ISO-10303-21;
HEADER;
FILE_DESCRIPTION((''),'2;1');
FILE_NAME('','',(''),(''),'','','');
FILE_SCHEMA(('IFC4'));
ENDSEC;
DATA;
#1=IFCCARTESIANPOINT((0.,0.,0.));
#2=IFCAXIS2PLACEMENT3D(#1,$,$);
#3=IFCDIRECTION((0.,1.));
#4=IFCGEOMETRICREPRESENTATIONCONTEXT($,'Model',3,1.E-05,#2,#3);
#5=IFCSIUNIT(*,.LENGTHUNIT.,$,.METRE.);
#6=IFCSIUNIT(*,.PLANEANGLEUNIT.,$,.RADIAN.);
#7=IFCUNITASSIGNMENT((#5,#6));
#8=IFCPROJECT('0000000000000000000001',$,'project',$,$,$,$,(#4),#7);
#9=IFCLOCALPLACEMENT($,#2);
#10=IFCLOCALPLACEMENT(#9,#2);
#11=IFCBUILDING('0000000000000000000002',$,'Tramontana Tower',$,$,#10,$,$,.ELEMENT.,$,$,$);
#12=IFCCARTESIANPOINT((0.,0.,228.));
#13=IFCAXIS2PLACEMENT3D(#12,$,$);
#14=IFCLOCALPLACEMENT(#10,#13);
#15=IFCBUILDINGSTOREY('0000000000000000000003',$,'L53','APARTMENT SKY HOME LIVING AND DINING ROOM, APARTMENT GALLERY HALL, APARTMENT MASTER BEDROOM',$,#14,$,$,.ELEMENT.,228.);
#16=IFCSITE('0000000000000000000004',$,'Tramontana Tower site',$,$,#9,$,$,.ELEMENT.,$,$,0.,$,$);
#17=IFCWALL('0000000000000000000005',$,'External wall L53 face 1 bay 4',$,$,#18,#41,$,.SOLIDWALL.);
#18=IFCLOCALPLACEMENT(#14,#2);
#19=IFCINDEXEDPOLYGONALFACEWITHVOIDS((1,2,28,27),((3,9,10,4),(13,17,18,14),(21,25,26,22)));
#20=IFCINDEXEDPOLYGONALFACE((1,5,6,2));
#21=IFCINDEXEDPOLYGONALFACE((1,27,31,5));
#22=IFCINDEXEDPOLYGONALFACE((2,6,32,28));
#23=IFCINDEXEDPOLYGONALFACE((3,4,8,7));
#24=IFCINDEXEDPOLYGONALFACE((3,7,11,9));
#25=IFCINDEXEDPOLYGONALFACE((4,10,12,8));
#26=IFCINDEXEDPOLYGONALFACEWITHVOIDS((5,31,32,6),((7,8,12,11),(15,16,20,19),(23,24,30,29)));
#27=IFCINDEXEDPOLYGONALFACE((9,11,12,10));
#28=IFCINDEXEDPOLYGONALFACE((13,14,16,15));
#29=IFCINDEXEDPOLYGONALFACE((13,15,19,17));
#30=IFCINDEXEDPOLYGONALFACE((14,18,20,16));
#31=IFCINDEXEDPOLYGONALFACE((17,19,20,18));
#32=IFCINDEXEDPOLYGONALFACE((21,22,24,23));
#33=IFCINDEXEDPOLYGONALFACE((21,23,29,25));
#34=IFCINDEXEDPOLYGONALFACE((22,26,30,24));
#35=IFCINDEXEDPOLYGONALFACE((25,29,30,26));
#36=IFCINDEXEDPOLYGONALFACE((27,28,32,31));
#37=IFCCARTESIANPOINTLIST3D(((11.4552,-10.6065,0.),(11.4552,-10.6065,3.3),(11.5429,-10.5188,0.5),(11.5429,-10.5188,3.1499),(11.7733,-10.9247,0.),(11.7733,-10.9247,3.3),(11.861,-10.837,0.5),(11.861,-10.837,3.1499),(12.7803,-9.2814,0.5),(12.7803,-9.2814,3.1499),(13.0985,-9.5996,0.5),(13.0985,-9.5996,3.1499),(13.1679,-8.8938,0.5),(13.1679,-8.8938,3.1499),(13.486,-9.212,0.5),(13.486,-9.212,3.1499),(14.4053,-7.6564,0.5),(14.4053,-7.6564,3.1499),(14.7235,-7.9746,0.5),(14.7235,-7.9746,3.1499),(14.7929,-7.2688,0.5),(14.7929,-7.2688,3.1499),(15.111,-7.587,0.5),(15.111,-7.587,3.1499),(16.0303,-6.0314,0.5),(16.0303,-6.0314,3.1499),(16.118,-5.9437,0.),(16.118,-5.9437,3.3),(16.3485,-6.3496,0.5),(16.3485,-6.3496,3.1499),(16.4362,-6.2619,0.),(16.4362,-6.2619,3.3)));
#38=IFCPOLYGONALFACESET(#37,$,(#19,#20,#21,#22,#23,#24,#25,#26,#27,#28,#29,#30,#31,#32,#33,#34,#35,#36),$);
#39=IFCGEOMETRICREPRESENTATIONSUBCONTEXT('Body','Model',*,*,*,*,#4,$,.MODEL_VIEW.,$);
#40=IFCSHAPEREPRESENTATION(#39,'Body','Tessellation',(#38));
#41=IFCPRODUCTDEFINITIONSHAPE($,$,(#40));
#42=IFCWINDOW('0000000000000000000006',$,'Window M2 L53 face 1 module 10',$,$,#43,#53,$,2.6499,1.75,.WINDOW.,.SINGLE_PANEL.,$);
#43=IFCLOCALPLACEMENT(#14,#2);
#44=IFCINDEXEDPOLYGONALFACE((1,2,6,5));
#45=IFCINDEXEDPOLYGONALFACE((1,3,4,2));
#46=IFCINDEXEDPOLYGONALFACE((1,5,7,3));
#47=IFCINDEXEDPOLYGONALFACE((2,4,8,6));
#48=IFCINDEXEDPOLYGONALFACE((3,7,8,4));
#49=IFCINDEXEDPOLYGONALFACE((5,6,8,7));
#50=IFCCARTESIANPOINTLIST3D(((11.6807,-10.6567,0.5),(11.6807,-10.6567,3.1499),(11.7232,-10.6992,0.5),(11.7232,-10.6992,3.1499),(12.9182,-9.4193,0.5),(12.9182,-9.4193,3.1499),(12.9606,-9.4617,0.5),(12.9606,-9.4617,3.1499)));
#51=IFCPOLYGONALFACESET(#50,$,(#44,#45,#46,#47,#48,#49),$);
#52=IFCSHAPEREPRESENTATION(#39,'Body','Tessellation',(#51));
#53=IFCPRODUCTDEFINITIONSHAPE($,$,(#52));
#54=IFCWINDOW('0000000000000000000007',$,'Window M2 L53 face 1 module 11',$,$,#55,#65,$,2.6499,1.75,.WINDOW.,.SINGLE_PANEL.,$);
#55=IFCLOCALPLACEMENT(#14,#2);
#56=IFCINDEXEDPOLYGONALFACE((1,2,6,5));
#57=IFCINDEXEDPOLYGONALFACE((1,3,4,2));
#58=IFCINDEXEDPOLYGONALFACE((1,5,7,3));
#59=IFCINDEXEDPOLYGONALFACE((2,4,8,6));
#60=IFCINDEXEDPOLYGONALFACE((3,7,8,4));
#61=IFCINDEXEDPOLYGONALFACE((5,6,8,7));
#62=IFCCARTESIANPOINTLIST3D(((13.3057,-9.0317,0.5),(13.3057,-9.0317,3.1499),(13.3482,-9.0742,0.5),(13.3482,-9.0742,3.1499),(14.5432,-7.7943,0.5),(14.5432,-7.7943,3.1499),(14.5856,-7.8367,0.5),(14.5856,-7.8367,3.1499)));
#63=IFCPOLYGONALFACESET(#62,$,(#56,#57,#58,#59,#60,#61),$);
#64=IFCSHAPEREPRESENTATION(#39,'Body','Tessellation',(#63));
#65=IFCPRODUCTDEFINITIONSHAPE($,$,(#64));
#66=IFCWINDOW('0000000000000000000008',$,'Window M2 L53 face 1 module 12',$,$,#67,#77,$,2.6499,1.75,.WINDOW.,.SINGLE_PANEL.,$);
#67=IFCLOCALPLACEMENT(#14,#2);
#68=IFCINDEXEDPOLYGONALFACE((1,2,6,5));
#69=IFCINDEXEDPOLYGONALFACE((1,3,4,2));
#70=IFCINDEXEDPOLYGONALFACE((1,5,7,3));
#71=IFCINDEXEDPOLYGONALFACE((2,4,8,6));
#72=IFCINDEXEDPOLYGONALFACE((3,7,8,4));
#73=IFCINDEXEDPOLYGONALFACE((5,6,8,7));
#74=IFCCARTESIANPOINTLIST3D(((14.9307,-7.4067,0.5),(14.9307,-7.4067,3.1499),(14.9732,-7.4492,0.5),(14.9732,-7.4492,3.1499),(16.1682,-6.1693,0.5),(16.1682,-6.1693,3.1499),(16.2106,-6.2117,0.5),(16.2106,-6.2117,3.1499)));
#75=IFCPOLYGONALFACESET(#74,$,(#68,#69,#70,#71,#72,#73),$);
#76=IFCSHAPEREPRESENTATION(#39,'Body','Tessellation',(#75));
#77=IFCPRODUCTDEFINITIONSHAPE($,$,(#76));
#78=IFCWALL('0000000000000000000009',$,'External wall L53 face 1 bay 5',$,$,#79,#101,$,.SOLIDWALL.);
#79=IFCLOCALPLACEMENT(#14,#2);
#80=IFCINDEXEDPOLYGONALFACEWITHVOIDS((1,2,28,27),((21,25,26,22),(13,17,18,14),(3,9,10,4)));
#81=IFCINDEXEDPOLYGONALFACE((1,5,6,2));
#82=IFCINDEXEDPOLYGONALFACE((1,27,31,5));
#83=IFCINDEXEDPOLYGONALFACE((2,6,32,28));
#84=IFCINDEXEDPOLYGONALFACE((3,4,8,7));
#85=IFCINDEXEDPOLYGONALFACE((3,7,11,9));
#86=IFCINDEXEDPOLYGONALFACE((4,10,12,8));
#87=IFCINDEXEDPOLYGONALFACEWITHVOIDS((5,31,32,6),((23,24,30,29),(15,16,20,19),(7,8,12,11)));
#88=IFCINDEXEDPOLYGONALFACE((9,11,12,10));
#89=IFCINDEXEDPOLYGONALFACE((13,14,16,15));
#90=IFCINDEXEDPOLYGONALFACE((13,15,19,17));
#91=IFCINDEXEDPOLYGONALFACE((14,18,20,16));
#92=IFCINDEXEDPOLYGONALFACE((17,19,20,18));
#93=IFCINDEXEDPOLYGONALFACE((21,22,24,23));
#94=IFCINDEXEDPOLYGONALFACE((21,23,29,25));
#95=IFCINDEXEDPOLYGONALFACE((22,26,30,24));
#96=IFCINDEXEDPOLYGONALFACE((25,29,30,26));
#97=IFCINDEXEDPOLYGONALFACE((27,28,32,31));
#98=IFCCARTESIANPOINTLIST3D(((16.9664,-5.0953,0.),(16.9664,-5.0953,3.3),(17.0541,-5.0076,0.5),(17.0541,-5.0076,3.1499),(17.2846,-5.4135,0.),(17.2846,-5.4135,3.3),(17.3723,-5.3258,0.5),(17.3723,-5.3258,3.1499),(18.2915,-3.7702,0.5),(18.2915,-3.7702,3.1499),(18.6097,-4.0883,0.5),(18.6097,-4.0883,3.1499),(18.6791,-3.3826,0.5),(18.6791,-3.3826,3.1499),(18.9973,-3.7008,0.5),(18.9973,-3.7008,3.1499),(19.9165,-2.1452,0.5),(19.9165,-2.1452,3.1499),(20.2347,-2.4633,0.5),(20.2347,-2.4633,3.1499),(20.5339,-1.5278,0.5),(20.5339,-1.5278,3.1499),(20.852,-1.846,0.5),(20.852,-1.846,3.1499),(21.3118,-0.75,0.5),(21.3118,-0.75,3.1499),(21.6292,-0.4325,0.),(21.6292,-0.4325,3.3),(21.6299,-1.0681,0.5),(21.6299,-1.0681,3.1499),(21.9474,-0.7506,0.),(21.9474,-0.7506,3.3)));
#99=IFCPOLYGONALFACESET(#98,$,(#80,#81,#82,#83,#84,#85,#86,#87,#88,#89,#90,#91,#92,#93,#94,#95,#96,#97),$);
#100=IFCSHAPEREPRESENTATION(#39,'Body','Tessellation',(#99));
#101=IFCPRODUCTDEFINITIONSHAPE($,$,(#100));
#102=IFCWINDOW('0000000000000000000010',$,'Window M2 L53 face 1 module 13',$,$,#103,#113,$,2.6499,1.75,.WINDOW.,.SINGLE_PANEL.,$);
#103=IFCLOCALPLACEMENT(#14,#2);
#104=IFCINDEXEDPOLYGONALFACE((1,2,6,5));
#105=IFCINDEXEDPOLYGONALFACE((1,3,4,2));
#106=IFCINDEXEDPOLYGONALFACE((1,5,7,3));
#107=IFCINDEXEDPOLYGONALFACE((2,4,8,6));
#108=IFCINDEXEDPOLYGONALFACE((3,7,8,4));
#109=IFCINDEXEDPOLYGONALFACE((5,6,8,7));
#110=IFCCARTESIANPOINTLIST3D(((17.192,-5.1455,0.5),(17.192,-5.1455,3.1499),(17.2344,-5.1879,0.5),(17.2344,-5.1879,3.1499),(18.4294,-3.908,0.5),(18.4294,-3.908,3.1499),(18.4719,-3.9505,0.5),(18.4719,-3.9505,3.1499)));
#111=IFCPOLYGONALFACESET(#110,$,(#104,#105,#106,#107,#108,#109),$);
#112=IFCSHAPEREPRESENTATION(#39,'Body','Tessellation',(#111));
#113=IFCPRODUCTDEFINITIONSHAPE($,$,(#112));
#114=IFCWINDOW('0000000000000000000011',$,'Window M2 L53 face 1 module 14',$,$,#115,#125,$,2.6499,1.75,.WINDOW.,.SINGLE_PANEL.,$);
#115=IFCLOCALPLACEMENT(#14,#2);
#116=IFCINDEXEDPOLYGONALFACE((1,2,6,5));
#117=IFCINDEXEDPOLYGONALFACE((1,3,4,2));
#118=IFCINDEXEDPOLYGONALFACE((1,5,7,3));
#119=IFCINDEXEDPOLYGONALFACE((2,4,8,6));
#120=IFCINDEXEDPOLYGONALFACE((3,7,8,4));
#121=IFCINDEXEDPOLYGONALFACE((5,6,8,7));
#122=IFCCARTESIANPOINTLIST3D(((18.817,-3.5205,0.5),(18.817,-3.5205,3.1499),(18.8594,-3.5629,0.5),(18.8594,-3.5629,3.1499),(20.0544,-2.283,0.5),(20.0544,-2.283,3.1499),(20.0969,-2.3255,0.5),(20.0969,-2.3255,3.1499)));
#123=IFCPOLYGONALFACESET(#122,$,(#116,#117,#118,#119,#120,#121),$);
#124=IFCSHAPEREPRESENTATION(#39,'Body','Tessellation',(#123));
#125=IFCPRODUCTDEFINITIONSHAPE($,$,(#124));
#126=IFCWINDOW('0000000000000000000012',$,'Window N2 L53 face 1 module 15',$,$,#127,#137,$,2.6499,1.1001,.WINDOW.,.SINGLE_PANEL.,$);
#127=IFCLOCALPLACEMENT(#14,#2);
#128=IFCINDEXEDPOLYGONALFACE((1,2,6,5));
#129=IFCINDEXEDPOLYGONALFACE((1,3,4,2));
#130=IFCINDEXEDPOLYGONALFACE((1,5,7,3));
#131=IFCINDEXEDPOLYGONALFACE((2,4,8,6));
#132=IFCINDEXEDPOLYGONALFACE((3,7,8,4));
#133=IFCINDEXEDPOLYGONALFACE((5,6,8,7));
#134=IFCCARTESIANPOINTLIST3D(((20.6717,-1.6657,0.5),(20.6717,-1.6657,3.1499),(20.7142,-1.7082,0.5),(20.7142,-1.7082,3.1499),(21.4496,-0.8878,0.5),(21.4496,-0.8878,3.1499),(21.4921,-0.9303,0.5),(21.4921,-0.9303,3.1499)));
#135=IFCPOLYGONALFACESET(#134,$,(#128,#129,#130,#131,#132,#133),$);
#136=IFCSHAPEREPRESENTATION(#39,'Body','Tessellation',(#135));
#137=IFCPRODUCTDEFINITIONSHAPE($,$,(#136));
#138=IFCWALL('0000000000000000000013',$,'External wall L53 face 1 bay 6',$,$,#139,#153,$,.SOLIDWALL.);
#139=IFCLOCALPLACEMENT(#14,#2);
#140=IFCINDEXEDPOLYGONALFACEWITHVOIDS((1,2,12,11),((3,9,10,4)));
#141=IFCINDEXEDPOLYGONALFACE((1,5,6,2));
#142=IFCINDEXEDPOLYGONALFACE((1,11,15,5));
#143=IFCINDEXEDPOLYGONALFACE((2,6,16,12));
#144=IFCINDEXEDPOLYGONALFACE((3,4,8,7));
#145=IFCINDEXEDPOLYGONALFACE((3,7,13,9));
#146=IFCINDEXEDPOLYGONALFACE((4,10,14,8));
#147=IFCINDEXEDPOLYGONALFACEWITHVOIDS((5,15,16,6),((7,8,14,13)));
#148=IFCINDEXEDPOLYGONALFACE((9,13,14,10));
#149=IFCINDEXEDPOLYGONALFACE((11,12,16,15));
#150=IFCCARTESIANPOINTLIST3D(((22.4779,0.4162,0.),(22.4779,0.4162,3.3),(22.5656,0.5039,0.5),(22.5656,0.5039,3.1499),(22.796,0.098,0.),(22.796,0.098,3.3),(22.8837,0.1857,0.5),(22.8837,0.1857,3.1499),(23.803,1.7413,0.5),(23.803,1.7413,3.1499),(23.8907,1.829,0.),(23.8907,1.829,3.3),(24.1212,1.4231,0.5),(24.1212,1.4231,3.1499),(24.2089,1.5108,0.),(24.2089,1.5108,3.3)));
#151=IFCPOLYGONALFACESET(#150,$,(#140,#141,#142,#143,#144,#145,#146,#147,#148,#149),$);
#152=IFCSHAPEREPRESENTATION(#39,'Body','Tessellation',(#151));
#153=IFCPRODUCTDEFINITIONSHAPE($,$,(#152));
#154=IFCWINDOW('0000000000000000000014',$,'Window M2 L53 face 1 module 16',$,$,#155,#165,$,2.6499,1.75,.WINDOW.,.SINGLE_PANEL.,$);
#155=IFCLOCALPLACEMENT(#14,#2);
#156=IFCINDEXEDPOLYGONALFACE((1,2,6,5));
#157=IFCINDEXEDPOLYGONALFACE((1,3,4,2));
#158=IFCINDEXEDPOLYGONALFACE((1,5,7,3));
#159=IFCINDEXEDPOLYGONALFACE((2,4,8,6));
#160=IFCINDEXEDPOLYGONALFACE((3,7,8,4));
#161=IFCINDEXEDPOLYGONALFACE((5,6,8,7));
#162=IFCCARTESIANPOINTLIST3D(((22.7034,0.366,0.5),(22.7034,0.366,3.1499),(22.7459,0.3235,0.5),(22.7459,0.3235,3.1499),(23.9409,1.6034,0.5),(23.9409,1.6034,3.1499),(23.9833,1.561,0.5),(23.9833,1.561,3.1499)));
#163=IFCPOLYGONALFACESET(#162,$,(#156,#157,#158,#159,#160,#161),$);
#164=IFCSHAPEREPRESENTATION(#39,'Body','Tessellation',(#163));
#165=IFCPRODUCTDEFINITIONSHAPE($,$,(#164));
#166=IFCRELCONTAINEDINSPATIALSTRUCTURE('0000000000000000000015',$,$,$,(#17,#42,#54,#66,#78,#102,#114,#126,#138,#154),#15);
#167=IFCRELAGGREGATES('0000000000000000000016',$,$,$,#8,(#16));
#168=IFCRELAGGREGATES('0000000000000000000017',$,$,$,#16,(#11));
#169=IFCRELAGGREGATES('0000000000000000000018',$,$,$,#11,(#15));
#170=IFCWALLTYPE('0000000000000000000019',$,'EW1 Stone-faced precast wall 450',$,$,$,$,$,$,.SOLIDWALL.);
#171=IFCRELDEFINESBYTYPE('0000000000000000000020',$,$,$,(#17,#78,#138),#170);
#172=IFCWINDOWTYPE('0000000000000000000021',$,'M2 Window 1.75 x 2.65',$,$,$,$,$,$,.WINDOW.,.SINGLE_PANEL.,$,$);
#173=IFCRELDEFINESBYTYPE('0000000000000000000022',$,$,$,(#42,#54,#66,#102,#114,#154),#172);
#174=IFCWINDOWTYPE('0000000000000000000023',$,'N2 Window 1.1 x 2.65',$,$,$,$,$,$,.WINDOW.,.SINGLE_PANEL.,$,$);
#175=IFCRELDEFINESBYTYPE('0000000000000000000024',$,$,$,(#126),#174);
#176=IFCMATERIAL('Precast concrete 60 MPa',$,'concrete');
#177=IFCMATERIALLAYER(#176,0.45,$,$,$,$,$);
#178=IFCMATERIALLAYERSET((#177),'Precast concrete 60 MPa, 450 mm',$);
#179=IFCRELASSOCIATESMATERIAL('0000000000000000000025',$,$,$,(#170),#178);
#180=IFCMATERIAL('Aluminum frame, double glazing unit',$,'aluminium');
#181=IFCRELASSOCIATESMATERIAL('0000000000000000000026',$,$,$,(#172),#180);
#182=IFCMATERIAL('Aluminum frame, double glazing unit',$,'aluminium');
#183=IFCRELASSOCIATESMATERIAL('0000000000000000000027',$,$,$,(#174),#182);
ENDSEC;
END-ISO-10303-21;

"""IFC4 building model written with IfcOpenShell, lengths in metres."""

from ifc_helpers import new_model, si_unit, direction, frame, frame_2d, origin, place, context, subcontext, project, spatial, rectangle, extrude, material, layer, layer_set, type_object, element, fill, save


model = new_model("IFC4")

# Units and contexts
model_context = context("Model", 3, precision=1e-05, world=origin(), true_north=direction((0.0, 1.0)))
body_context = subcontext(model_context, "Body", "Model", "MODEL_VIEW")
ifc_project = project(units=[si_unit("LENGTHUNIT", "METRE"), si_unit("PLANEANGLEUNIT", "RADIAN")], contexts=[model_context])

# Site, building, storey
site_placement = place(None, origin())
site = spatial("IfcSite", under=ifc_project, at=site_placement, Name="Tramontana Tower site", CompositionType="ELEMENT", RefElevation=0.0)
building_placement = place(site_placement, origin())
building = spatial("IfcBuilding", under=site, at=building_placement, Name="Tramontana Tower", CompositionType="ELEMENT")
storey_placement = place(building_placement, frame((0.0, 0.0, 228.0)))
storey = spatial("IfcBuildingStorey", under=building, at=storey_placement, Name="L53", Description="APARTMENT SKY HOME LIVING AND DINING ROOM, APARTMENT GALLERY HALL, APARTMENT MASTER BEDROOM", CompositionType="ELEMENT", Elevation=228.0)

# Walls, openings, windows
ifc_material_1 = material(Name="Precast concrete 60 MPa", Category="concrete")
ifc_layer_1 = layer(ifc_material_1, 0.45)
ifc_layer_set_1 = layer_set([ifc_layer_1], Name="Precast concrete 60 MPa, 450 mm")
wall_type_1 = type_object("IfcWallType", Name="EW1 Stone-faced precast wall 450", PredefinedType="SOLIDWALL", material=ifc_layer_set_1)
wall_1_placement = place(storey_placement, frame((11.6143, -10.7656, 0.0), z_axis=(0.0, 0.0, 1.0), x_axis=(0.707107, 0.707107, 0.0)))
wall_1 = element("IfcWall", 1, at=wall_1_placement, inside=storey, type_object=wall_type_1, Name="External wall L53 face 1 bay 4", PredefinedType="SOLIDWALL", context=body_context, shape_type="SweptSolid", body=[
    extrude(rectangle(XDim=6.5942, YDim=0.45, at=frame_2d((3.2971, 0.0))), origin(), (0.0, 0.0, 1.0), 3.3),
])
opening_1_placement = place(wall_1_placement, frame((0.124, 0.0, 0.5)))
opening_1 = element("IfcOpeningElement", 2, at=opening_1_placement, cuts=wall_1, PredefinedType="OPENING", context=body_context, shape_type="SweptSolid", body=[
    extrude(rectangle(XDim=1.75, YDim=2.6499, at=frame_2d((0.875, 1.325))), frame((0.0, 0.2349, 0.0), z_axis=(0.0, -1.0, 0.0), x_axis=(1.0, 0.0, 0.0)), (0.0, 0.0, 1.0), 0.47),
])
opening_2_placement = place(wall_1_placement, frame((2.4221, 0.0, 0.5)))
opening_2 = element("IfcOpeningElement", 3, at=opening_2_placement, cuts=wall_1, PredefinedType="OPENING", context=body_context, shape_type="SweptSolid", body=[
    extrude(rectangle(XDim=1.75, YDim=2.6499, at=frame_2d((0.875, 1.325))), frame((0.0, 0.2349, 0.0), z_axis=(0.0, -1.0, 0.0), x_axis=(1.0, 0.0, 0.0)), (0.0, 0.0, 1.0), 0.47),
])
opening_3_placement = place(wall_1_placement, frame((4.7202, 0.0, 0.5)))
opening_3 = element("IfcOpeningElement", 4, at=opening_3_placement, cuts=wall_1, PredefinedType="OPENING", context=body_context, shape_type="SweptSolid", body=[
    extrude(rectangle(XDim=1.75, YDim=2.6499, at=frame_2d((0.875, 1.325))), frame((0.0, 0.2349, 0.0), z_axis=(0.0, -1.0, 0.0), x_axis=(1.0, 0.0, 0.0)), (0.0, 0.0, 1.0), 0.47),
])
ifc_material_2 = material(Name="Aluminum frame, double glazing unit", Category="aluminium")
window_type_1 = type_object("IfcWindowType", Name="M2 Window 1.75 x 2.65", PartitioningType="SINGLE_PANEL", PredefinedType="WINDOW", material=ifc_material_2)
window_1_placement = place(opening_1_placement, origin())
window_1 = element("IfcWindow", 5, at=window_1_placement, inside=storey, type_object=window_type_1, Name="Window M2 L53 face 1 module 10", OverallHeight=2.6499, OverallWidth=1.75, PartitioningType="SINGLE_PANEL", PredefinedType="WINDOW", context=body_context, shape_type="SweptSolid", body=[
    extrude(rectangle(XDim=1.75, YDim=2.6499, at=frame_2d((0.875, 1.325))), frame((0.0, 0.03, 0.0), z_axis=(0.0, -1.0, 0.0), x_axis=(1.0, 0.0, 0.0)), (0.0, 0.0, 1.0), 0.0601),
])
fill(opening_1, window_1)
window_2_placement = place(opening_2_placement, origin())
window_2 = element("IfcWindow", 6, at=window_2_placement, inside=storey, type_object=window_type_1, Name="Window M2 L53 face 1 module 11", OverallHeight=2.6499, OverallWidth=1.75, PartitioningType="SINGLE_PANEL", PredefinedType="WINDOW", context=body_context, shape_type="SweptSolid", body=[
    extrude(rectangle(XDim=1.75, YDim=2.6499, at=frame_2d((0.875, 1.325))), frame((0.0, 0.03, 0.0), z_axis=(0.0, -1.0, 0.0), x_axis=(1.0, 0.0, 0.0)), (0.0, 0.0, 1.0), 0.0601),
])
fill(opening_2, window_2)
window_3_placement = place(opening_3_placement, origin())
window_3 = element("IfcWindow", 7, at=window_3_placement, inside=storey, type_object=window_type_1, Name="Window M2 L53 face 1 module 12", OverallHeight=2.6499, OverallWidth=1.75, PartitioningType="SINGLE_PANEL", PredefinedType="WINDOW", context=body_context, shape_type="SweptSolid", body=[
    extrude(rectangle(XDim=1.75, YDim=2.6499, at=frame_2d((0.875, 1.325))), frame((0.0, 0.03, 0.0), z_axis=(0.0, -1.0, 0.0), x_axis=(1.0, 0.0, 0.0)), (0.0, 0.0, 1.0), 0.0601),
])
fill(opening_3, window_3)
wall_2_placement = place(storey_placement, frame((17.1255, -5.2544, 0.0), z_axis=(0.0, 0.0, 1.0), x_axis=(0.707107, 0.707107, 0.0)))
wall_2 = element("IfcWall", 8, at=wall_2_placement, inside=storey, type_object=wall_type_1, Name="External wall L53 face 1 bay 5", PredefinedType="SOLIDWALL", context=body_context, shape_type="SweptSolid", body=[
    extrude(rectangle(XDim=6.5942, YDim=0.45, at=frame_2d((3.2971, 0.0))), origin(), (0.0, 0.0, 1.0), 3.3),
])
opening_4_placement = place(wall_2_placement, frame((0.124, 0.0, 0.5)))
opening_4 = element("IfcOpeningElement", 9, at=opening_4_placement, cuts=wall_2, PredefinedType="OPENING", context=body_context, shape_type="SweptSolid", body=[
    extrude(rectangle(XDim=1.75, YDim=2.6499, at=frame_2d((0.875, 1.325))), frame((0.0, 0.2349, 0.0), z_axis=(0.0, -1.0, 0.0), x_axis=(1.0, 0.0, 0.0)), (0.0, 0.0, 1.0), 0.47),
])
opening_5_placement = place(wall_2_placement, frame((2.4221, 0.0, 0.5)))
opening_5 = element("IfcOpeningElement", 10, at=opening_5_placement, cuts=wall_2, PredefinedType="OPENING", context=body_context, shape_type="SweptSolid", body=[
    extrude(rectangle(XDim=1.75, YDim=2.6499, at=frame_2d((0.875, 1.325))), frame((0.0, 0.2349, 0.0), z_axis=(0.0, -1.0, 0.0), x_axis=(1.0, 0.0, 0.0)), (0.0, 0.0, 1.0), 0.47),
])
opening_6_placement = place(wall_2_placement, frame((5.0452, 0.0, 0.5)))
opening_6 = element("IfcOpeningElement", 11, at=opening_6_placement, cuts=wall_2, PredefinedType="OPENING", context=body_context, shape_type="SweptSolid", body=[
    extrude(rectangle(XDim=1.1001, YDim=2.6499, at=frame_2d((0.55, 1.325))), frame((0.0, 0.2349, 0.0), z_axis=(0.0, -1.0, 0.0), x_axis=(1.0, 0.0, 0.0)), (0.0, 0.0, 1.0), 0.47),
])
window_4_placement = place(opening_4_placement, origin())
window_4 = element("IfcWindow", 12, at=window_4_placement, inside=storey, type_object=window_type_1, Name="Window M2 L53 face 1 module 13", OverallHeight=2.6499, OverallWidth=1.75, PartitioningType="SINGLE_PANEL", PredefinedType="WINDOW", context=body_context, shape_type="SweptSolid", body=[
    extrude(rectangle(XDim=1.75, YDim=2.6499, at=frame_2d((0.875, 1.325))), frame((0.0, 0.03, 0.0), z_axis=(0.0, -1.0, 0.0), x_axis=(1.0, 0.0, 0.0)), (0.0, 0.0, 1.0), 0.0601),
])
fill(opening_4, window_4)
window_5_placement = place(opening_5_placement, origin())
window_5 = element("IfcWindow", 13, at=window_5_placement, inside=storey, type_object=window_type_1, Name="Window M2 L53 face 1 module 14", OverallHeight=2.6499, OverallWidth=1.75, PartitioningType="SINGLE_PANEL", PredefinedType="WINDOW", context=body_context, shape_type="SweptSolid", body=[
    extrude(rectangle(XDim=1.75, YDim=2.6499, at=frame_2d((0.875, 1.325))), frame((0.0, 0.03, 0.0), z_axis=(0.0, -1.0, 0.0), x_axis=(1.0, 0.0, 0.0)), (0.0, 0.0, 1.0), 0.0601),
])
fill(opening_5, window_5)
ifc_material_3 = material(Name="Aluminum frame, double glazing unit", Category="aluminium")
window_type_2 = type_object("IfcWindowType", Name="N2 Window 1.1 x 2.65", PartitioningType="SINGLE_PANEL", PredefinedType="WINDOW", material=ifc_material_3)
window_6_placement = place(opening_6_placement, origin())
window_6 = element("IfcWindow", 14, at=window_6_placement, inside=storey, type_object=window_type_2, Name="Window N2 L53 face 1 module 15", OverallHeight=2.6499, OverallWidth=1.1001, PartitioningType="SINGLE_PANEL", PredefinedType="WINDOW", context=body_context, shape_type="SweptSolid", body=[
    extrude(rectangle(XDim=1.1001, YDim=2.6499, at=frame_2d((0.55, 1.325))), frame((0.0, 0.03, 0.0), z_axis=(0.0, -1.0, 0.0), x_axis=(1.0, 0.0, 0.0)), (0.0, 0.0, 1.0), 0.0601),
])
fill(opening_6, window_6)

# Wall, opening, window
wall_3_placement = place(storey_placement, frame((22.637, 0.2571, 0.0), z_axis=(0.0, 0.0, 1.0), x_axis=(0.707107, 0.707107, 0.0)))
wall_3 = element("IfcWall", 15, at=wall_3_placement, inside=storey, type_object=wall_type_1, Name="External wall L53 face 1 bay 6", PredefinedType="SOLIDWALL", context=body_context, shape_type="SweptSolid", body=[
    extrude(rectangle(XDim=1.998, YDim=0.45, at=frame_2d((0.999, 0.0))), origin(), (0.0, 0.0, 1.0), 3.3),
])
opening_7_placement = place(wall_3_placement, frame((0.124, 0.0, 0.5)))
opening_7 = element("IfcOpeningElement", 16, at=opening_7_placement, cuts=wall_3, PredefinedType="OPENING", context=body_context, shape_type="SweptSolid", body=[
    extrude(rectangle(XDim=1.75, YDim=2.6499, at=frame_2d((0.875, 1.325))), frame((0.0, 0.2349, 0.0), z_axis=(0.0, -1.0, 0.0), x_axis=(1.0, 0.0, 0.0)), (0.0, 0.0, 1.0), 0.47),
])
window_7_placement = place(opening_7_placement, origin())
window_7 = element("IfcWindow", 17, at=window_7_placement, inside=storey, type_object=window_type_1, Name="Window M2 L53 face 1 module 16", OverallHeight=2.6499, OverallWidth=1.75, PartitioningType="SINGLE_PANEL", PredefinedType="WINDOW", context=body_context, shape_type="SweptSolid", body=[
    extrude(rectangle(XDim=1.75, YDim=2.6499, at=frame_2d((0.875, 1.325))), frame((0.0, 0.03, 0.0), z_axis=(0.0, -1.0, 0.0), x_axis=(1.0, 0.0, 0.0)), (0.0, 0.0, 1.0), 0.0601),
])
fill(opening_7, window_7)

save(model, "model.ifc")
